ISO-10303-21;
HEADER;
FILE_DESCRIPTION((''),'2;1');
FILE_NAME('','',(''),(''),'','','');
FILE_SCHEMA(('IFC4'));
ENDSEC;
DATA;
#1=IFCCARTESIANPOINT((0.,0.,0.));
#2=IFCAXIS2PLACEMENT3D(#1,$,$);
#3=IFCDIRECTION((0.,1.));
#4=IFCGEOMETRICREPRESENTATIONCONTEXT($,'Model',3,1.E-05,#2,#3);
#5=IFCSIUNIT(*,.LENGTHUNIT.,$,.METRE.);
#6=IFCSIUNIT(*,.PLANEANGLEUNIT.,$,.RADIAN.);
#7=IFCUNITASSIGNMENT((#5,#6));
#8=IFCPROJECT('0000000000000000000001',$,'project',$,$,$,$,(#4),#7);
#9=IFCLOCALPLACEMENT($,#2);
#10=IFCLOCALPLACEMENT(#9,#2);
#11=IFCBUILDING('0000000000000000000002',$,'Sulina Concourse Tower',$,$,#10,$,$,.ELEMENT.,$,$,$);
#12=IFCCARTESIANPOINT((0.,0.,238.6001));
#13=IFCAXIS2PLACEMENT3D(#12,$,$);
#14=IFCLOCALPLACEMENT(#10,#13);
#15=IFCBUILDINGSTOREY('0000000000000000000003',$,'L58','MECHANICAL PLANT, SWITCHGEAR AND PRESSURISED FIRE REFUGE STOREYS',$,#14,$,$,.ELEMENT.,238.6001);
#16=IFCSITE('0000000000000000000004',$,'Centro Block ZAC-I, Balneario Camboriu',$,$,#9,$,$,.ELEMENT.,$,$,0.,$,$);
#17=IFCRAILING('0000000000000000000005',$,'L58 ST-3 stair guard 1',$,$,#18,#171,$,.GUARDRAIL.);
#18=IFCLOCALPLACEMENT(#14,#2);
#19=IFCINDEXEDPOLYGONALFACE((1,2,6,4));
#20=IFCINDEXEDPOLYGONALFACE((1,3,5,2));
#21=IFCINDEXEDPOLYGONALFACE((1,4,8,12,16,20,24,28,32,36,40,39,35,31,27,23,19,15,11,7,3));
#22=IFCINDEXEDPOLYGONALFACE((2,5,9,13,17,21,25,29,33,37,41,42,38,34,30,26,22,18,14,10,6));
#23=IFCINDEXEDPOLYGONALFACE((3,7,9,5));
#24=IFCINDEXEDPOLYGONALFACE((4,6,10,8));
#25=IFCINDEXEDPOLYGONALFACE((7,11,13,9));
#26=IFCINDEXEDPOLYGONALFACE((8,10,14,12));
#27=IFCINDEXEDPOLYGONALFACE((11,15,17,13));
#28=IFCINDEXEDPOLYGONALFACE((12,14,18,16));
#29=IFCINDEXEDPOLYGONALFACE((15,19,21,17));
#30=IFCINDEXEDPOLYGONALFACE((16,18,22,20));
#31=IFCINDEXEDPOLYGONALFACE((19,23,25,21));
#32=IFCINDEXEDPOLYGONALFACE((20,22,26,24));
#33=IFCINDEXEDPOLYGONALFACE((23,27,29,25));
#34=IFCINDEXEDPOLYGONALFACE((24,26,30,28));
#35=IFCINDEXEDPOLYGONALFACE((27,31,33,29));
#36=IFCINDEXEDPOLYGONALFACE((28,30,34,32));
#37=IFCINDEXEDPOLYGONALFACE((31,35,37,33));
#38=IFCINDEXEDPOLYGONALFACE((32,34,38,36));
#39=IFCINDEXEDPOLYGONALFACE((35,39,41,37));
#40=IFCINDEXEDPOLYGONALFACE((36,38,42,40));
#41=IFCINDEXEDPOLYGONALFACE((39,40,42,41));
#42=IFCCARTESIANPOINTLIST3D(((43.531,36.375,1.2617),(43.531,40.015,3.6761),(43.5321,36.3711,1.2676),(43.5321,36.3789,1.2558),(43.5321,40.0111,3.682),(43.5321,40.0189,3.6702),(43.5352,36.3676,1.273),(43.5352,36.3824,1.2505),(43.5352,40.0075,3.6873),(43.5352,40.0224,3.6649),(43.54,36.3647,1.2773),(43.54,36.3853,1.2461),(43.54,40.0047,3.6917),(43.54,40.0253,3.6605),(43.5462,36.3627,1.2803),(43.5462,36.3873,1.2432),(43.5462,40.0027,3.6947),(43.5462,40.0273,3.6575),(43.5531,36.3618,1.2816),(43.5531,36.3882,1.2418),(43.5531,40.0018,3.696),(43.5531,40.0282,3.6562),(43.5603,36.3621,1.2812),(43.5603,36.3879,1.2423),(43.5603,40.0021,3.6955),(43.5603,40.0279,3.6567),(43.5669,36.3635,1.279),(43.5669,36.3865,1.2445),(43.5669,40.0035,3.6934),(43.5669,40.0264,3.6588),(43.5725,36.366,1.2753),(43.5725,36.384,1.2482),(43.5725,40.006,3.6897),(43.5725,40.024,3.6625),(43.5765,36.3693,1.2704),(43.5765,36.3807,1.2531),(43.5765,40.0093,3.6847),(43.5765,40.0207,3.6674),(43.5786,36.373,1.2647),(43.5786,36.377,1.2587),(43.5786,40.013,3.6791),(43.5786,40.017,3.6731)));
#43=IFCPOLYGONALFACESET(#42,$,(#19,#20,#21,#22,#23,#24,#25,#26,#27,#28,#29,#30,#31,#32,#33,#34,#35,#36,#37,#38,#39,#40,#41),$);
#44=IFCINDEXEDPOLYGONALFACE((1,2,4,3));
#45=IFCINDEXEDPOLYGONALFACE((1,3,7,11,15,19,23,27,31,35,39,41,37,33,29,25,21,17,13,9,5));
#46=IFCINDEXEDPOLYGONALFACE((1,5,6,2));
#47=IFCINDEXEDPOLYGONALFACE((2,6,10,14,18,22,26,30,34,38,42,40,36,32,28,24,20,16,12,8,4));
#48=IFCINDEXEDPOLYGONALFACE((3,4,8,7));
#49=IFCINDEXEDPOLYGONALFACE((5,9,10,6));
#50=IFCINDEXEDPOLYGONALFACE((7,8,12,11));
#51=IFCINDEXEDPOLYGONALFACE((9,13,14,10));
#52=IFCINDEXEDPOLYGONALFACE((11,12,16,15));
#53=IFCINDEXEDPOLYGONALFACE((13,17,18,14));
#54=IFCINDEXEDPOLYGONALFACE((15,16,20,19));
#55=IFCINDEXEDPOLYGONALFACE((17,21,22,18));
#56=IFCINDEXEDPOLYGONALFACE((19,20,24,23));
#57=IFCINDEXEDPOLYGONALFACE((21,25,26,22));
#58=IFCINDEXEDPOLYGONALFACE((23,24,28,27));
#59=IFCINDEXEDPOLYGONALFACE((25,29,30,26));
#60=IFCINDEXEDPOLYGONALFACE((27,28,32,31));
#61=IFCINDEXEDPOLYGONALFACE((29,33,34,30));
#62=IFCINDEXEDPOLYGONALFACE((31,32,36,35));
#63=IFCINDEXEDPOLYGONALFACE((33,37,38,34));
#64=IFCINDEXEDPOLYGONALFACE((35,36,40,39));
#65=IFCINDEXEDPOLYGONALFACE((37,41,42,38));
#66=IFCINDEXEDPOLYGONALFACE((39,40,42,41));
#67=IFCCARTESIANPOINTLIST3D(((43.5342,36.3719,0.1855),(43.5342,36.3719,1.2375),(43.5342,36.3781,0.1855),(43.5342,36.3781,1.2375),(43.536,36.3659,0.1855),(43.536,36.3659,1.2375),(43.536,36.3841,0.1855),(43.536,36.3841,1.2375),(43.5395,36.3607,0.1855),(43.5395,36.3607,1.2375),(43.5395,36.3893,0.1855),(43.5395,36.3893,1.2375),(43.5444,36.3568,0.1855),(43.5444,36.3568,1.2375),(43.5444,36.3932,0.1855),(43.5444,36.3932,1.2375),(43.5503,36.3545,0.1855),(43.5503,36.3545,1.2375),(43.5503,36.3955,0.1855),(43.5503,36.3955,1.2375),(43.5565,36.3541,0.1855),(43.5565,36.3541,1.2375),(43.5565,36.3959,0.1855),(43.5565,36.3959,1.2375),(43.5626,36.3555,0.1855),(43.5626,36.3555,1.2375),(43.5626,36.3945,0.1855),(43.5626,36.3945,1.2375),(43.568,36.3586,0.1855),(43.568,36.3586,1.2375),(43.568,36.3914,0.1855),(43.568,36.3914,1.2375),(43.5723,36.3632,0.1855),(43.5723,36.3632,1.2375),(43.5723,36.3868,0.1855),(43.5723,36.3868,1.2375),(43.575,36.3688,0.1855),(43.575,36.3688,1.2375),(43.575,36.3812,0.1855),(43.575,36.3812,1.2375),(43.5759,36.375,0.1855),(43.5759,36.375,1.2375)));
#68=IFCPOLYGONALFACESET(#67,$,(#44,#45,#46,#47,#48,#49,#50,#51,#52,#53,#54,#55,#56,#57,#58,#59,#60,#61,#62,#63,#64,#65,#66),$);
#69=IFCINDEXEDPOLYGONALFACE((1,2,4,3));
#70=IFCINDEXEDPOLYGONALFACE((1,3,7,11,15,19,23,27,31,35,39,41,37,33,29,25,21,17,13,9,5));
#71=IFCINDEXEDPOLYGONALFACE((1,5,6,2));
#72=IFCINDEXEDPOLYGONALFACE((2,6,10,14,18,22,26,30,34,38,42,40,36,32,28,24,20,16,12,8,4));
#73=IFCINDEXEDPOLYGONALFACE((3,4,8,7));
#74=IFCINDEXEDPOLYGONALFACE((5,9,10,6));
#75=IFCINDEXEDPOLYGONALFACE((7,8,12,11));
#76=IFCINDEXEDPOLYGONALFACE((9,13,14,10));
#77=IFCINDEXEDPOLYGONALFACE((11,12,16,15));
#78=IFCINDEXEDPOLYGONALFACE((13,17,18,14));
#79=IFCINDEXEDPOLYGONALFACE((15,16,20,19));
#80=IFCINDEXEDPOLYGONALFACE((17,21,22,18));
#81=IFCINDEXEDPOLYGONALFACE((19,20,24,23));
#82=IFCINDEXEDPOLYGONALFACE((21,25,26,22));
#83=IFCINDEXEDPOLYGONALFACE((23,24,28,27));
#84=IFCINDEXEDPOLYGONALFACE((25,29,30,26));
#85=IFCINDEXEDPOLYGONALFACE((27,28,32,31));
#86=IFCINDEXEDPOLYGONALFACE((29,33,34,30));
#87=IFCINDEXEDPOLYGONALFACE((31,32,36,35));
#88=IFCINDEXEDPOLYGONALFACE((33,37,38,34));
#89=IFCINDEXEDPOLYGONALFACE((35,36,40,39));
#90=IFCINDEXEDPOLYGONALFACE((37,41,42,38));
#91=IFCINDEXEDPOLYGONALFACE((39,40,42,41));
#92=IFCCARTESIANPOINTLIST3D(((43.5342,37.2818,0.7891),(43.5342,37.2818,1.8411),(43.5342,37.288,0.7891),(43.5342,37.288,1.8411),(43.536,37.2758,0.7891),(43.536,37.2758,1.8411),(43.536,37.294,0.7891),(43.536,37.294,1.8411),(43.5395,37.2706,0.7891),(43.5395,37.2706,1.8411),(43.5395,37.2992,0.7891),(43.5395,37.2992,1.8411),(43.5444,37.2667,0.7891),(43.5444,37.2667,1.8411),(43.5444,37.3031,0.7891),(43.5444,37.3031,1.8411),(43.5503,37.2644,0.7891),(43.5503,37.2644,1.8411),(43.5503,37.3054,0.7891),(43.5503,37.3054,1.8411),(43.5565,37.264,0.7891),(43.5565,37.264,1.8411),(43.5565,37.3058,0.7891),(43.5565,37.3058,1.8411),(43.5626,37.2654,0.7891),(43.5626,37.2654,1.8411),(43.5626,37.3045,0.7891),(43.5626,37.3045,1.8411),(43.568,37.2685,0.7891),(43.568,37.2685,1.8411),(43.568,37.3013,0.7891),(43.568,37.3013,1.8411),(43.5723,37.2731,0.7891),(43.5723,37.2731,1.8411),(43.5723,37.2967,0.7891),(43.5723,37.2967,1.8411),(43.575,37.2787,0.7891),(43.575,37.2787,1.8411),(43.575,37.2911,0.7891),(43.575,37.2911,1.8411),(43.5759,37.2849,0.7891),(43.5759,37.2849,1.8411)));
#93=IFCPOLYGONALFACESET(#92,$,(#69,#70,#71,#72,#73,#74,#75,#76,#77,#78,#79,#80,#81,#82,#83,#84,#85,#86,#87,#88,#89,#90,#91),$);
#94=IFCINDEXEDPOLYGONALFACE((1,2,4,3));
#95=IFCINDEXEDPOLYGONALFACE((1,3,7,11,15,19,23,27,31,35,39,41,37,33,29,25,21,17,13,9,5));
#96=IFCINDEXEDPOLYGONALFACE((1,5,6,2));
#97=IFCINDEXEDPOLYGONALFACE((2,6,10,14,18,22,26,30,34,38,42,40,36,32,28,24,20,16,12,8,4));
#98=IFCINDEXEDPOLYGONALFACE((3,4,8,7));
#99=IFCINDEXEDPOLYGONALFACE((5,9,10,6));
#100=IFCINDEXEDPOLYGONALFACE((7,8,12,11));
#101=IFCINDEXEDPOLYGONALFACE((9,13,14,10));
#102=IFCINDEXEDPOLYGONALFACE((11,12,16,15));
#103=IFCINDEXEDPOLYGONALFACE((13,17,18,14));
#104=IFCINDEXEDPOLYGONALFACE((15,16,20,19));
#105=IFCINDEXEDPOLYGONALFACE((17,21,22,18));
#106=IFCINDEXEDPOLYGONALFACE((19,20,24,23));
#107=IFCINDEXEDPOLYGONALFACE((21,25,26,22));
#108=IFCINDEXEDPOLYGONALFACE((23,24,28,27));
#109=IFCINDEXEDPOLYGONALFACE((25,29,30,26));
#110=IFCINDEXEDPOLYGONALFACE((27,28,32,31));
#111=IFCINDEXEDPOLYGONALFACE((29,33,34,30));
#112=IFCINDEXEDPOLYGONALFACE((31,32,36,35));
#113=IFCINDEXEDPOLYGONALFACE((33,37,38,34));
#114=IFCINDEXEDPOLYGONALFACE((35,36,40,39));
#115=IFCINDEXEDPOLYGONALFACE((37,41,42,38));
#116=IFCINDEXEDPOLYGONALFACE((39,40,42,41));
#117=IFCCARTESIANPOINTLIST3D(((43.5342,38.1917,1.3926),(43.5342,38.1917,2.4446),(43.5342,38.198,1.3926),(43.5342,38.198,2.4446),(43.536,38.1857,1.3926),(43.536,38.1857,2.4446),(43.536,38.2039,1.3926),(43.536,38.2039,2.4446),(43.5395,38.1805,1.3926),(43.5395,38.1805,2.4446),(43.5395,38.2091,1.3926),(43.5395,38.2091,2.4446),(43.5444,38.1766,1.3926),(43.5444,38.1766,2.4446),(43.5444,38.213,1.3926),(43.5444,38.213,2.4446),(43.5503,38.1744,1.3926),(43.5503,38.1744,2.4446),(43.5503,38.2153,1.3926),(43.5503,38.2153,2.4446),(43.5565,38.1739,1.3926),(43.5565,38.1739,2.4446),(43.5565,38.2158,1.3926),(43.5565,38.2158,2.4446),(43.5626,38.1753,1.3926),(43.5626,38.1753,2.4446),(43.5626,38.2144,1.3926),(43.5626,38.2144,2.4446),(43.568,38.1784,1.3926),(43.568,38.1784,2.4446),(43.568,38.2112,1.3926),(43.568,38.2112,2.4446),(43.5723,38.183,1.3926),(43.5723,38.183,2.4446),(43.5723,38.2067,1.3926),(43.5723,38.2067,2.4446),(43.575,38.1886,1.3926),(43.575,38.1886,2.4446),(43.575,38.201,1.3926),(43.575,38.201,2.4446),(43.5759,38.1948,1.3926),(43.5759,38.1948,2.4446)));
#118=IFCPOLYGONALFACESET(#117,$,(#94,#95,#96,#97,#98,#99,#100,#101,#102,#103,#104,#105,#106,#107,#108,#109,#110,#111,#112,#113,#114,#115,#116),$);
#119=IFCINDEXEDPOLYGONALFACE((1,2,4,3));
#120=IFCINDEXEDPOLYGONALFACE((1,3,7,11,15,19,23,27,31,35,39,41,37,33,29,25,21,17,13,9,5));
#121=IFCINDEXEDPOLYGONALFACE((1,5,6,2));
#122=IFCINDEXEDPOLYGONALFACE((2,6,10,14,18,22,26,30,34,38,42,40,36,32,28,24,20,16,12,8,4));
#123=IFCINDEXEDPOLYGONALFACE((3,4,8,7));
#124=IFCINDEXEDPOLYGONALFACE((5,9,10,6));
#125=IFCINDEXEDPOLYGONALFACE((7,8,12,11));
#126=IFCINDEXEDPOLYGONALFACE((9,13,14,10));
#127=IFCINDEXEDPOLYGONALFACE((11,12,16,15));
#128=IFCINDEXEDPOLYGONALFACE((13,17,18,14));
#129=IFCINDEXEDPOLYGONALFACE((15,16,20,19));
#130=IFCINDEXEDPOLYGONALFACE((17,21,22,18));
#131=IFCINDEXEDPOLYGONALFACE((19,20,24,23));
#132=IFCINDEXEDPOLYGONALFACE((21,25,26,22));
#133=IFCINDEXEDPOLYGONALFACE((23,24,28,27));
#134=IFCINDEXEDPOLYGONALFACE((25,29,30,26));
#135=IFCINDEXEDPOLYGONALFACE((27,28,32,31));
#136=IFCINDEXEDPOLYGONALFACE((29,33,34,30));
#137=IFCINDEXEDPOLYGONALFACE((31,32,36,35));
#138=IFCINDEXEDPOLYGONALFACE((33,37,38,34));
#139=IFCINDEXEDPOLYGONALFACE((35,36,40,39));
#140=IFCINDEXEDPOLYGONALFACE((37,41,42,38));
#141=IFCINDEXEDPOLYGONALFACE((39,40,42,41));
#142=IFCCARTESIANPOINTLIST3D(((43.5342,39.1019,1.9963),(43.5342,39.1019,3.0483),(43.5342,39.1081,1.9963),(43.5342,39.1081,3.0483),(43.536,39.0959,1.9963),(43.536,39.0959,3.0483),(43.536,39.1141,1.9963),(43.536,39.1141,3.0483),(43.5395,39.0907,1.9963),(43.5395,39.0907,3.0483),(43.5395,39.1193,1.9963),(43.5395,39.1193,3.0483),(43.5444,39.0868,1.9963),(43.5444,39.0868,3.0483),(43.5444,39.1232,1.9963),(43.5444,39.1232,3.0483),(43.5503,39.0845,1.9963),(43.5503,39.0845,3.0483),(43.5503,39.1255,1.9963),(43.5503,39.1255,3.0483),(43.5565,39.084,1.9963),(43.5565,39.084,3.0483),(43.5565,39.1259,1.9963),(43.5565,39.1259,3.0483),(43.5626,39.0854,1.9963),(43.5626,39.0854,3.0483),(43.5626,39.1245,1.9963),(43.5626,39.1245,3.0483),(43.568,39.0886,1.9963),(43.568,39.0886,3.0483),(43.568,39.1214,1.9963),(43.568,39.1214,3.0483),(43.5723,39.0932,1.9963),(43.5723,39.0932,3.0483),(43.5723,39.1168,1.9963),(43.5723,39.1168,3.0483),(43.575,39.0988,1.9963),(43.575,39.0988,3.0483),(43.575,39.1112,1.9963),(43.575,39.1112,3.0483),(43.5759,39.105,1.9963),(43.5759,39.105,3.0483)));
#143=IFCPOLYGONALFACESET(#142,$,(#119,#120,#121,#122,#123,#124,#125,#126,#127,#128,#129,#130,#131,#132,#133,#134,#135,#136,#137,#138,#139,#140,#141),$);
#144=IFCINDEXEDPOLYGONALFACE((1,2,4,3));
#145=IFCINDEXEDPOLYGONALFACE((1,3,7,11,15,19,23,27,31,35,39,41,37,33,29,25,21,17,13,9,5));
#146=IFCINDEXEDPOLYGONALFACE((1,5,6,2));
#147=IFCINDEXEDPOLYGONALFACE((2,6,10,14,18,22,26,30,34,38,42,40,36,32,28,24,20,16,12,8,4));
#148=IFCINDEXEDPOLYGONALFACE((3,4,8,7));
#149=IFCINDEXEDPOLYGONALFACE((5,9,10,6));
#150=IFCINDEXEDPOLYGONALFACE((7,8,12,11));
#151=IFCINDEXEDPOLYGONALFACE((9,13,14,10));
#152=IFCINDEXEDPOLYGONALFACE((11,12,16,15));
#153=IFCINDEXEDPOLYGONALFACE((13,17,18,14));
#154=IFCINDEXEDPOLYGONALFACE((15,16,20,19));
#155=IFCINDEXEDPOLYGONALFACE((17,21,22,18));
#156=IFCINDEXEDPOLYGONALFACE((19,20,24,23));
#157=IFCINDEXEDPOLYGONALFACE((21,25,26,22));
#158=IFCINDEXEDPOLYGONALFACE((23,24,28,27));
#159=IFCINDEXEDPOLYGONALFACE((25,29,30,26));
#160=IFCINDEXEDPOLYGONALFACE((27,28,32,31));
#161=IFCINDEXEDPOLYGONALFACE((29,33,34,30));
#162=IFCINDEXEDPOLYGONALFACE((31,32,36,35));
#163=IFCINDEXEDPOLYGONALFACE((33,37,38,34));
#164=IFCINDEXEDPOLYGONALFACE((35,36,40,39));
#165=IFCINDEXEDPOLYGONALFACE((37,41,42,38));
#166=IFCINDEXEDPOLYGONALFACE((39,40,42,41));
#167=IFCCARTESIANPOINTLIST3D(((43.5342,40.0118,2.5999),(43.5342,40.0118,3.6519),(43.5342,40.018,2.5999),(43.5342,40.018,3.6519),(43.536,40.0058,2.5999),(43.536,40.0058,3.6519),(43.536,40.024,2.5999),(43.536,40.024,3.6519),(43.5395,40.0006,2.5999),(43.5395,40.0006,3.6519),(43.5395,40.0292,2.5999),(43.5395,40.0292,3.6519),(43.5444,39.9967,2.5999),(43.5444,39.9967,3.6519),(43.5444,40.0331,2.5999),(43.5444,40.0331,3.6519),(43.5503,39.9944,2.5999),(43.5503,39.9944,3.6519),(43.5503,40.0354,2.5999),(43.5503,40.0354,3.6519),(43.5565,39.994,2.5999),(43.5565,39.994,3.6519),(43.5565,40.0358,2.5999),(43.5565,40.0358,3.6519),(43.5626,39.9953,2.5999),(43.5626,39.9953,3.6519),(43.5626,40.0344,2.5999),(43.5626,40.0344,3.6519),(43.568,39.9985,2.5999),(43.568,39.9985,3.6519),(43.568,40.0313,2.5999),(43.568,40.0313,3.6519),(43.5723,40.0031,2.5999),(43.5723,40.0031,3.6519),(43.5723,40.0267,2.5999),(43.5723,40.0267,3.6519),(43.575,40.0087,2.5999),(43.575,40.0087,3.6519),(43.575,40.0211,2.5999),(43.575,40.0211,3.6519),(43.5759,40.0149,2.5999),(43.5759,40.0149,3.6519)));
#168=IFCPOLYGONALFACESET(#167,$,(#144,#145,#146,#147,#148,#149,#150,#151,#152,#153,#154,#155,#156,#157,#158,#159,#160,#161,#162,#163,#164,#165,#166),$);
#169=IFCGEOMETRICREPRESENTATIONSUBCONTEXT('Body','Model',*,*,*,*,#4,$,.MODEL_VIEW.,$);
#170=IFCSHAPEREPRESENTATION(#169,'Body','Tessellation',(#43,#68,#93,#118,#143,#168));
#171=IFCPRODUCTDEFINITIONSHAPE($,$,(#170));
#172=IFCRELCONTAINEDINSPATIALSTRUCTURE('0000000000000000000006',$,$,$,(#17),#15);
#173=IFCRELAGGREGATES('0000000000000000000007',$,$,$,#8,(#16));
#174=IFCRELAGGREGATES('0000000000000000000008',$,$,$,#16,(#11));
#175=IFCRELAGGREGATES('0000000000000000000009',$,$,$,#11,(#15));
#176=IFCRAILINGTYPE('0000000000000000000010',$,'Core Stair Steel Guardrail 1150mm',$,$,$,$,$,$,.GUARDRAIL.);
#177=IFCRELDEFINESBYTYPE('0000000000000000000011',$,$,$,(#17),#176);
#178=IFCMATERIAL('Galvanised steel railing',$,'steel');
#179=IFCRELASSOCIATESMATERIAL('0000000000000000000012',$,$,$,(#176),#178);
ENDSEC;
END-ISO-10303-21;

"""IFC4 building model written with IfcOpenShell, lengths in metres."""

from ifc_helpers import new_model, si_unit, direction, frame, origin, origin_2d, place, context, subcontext, project, spatial, circle, extrude, material, type_object, element, save


model = new_model("IFC4")

# Units and contexts
model_context = context("Model", 3, precision=1e-05, world=origin(), true_north=direction((0.0, 1.0)))
body_context = subcontext(model_context, "Body", "Model", "MODEL_VIEW")
ifc_project = project(units=[si_unit("LENGTHUNIT", "METRE"), si_unit("PLANEANGLEUNIT", "RADIAN")], contexts=[model_context])

# Site, building, storey
site_placement = place(None, origin())
site = spatial("IfcSite", under=ifc_project, at=site_placement, Name="Centro Block ZAC-I, Balneario Camboriu", CompositionType="ELEMENT", RefElevation=0.0)
building_placement = place(site_placement, origin())
building = spatial("IfcBuilding", under=site, at=building_placement, Name="Sulina Concourse Tower", CompositionType="ELEMENT")
storey_placement = place(building_placement, frame((0.0, 0.0, 238.6001)))
storey = spatial("IfcBuildingStorey", under=building, at=storey_placement, Name="L58", Description="MECHANICAL PLANT, SWITCHGEAR AND PRESSURISED FIRE REFUGE STOREYS", CompositionType="ELEMENT", Elevation=238.6001)

# Railing
ifc_material_1 = material(Name="Galvanised steel railing", Category="steel")
railing_type_1 = type_object("IfcRailingType", Name="Core Stair Steel Guardrail 1150mm", PredefinedType="GUARDRAIL", material=ifc_material_1)
railing_1_placement = place(storey_placement, frame((43.5549, 36.375, 0.1855)))
element("IfcRailing", 1, at=railing_1_placement, inside=storey, type_object=railing_type_1, Name="L58 ST-3 stair guard 1", PredefinedType="GUARDRAIL", context=body_context, shape_type="SweptSolid", body=[
    extrude(circle(Radius=0.0239, at=origin_2d()), frame((0.0, 0.0, 1.0762), z_axis=(0.0, 0.833347, 0.552751), x_axis=(-1.0, 0.0, 0.0)), (0.0, 0.0, 1.0), 4.3679),
    extrude(circle(Radius=0.021, at=origin_2d()), origin(), (0.0, 0.0, 1.0), 1.052),
    extrude(circle(Radius=0.021, at=origin_2d()), frame((0.0, 0.9099, 0.6035)), (0.0, 0.0, 1.0), 1.052),
    extrude(circle(Radius=0.021, at=origin_2d()), frame((0.0, 1.8198, 1.207)), (0.0, 0.0, 1.0), 1.052),
    extrude(circle(Radius=0.021, at=origin_2d()), frame((0.0, 2.73, 1.8108)), (0.0, 0.0, 1.0), 1.052),
    extrude(circle(Radius=0.021, at=origin_2d()), frame((0.0, 3.6399, 2.4143)), (0.0, 0.0, 1.0), 1.052),
])

save(model, "model.ifc")
